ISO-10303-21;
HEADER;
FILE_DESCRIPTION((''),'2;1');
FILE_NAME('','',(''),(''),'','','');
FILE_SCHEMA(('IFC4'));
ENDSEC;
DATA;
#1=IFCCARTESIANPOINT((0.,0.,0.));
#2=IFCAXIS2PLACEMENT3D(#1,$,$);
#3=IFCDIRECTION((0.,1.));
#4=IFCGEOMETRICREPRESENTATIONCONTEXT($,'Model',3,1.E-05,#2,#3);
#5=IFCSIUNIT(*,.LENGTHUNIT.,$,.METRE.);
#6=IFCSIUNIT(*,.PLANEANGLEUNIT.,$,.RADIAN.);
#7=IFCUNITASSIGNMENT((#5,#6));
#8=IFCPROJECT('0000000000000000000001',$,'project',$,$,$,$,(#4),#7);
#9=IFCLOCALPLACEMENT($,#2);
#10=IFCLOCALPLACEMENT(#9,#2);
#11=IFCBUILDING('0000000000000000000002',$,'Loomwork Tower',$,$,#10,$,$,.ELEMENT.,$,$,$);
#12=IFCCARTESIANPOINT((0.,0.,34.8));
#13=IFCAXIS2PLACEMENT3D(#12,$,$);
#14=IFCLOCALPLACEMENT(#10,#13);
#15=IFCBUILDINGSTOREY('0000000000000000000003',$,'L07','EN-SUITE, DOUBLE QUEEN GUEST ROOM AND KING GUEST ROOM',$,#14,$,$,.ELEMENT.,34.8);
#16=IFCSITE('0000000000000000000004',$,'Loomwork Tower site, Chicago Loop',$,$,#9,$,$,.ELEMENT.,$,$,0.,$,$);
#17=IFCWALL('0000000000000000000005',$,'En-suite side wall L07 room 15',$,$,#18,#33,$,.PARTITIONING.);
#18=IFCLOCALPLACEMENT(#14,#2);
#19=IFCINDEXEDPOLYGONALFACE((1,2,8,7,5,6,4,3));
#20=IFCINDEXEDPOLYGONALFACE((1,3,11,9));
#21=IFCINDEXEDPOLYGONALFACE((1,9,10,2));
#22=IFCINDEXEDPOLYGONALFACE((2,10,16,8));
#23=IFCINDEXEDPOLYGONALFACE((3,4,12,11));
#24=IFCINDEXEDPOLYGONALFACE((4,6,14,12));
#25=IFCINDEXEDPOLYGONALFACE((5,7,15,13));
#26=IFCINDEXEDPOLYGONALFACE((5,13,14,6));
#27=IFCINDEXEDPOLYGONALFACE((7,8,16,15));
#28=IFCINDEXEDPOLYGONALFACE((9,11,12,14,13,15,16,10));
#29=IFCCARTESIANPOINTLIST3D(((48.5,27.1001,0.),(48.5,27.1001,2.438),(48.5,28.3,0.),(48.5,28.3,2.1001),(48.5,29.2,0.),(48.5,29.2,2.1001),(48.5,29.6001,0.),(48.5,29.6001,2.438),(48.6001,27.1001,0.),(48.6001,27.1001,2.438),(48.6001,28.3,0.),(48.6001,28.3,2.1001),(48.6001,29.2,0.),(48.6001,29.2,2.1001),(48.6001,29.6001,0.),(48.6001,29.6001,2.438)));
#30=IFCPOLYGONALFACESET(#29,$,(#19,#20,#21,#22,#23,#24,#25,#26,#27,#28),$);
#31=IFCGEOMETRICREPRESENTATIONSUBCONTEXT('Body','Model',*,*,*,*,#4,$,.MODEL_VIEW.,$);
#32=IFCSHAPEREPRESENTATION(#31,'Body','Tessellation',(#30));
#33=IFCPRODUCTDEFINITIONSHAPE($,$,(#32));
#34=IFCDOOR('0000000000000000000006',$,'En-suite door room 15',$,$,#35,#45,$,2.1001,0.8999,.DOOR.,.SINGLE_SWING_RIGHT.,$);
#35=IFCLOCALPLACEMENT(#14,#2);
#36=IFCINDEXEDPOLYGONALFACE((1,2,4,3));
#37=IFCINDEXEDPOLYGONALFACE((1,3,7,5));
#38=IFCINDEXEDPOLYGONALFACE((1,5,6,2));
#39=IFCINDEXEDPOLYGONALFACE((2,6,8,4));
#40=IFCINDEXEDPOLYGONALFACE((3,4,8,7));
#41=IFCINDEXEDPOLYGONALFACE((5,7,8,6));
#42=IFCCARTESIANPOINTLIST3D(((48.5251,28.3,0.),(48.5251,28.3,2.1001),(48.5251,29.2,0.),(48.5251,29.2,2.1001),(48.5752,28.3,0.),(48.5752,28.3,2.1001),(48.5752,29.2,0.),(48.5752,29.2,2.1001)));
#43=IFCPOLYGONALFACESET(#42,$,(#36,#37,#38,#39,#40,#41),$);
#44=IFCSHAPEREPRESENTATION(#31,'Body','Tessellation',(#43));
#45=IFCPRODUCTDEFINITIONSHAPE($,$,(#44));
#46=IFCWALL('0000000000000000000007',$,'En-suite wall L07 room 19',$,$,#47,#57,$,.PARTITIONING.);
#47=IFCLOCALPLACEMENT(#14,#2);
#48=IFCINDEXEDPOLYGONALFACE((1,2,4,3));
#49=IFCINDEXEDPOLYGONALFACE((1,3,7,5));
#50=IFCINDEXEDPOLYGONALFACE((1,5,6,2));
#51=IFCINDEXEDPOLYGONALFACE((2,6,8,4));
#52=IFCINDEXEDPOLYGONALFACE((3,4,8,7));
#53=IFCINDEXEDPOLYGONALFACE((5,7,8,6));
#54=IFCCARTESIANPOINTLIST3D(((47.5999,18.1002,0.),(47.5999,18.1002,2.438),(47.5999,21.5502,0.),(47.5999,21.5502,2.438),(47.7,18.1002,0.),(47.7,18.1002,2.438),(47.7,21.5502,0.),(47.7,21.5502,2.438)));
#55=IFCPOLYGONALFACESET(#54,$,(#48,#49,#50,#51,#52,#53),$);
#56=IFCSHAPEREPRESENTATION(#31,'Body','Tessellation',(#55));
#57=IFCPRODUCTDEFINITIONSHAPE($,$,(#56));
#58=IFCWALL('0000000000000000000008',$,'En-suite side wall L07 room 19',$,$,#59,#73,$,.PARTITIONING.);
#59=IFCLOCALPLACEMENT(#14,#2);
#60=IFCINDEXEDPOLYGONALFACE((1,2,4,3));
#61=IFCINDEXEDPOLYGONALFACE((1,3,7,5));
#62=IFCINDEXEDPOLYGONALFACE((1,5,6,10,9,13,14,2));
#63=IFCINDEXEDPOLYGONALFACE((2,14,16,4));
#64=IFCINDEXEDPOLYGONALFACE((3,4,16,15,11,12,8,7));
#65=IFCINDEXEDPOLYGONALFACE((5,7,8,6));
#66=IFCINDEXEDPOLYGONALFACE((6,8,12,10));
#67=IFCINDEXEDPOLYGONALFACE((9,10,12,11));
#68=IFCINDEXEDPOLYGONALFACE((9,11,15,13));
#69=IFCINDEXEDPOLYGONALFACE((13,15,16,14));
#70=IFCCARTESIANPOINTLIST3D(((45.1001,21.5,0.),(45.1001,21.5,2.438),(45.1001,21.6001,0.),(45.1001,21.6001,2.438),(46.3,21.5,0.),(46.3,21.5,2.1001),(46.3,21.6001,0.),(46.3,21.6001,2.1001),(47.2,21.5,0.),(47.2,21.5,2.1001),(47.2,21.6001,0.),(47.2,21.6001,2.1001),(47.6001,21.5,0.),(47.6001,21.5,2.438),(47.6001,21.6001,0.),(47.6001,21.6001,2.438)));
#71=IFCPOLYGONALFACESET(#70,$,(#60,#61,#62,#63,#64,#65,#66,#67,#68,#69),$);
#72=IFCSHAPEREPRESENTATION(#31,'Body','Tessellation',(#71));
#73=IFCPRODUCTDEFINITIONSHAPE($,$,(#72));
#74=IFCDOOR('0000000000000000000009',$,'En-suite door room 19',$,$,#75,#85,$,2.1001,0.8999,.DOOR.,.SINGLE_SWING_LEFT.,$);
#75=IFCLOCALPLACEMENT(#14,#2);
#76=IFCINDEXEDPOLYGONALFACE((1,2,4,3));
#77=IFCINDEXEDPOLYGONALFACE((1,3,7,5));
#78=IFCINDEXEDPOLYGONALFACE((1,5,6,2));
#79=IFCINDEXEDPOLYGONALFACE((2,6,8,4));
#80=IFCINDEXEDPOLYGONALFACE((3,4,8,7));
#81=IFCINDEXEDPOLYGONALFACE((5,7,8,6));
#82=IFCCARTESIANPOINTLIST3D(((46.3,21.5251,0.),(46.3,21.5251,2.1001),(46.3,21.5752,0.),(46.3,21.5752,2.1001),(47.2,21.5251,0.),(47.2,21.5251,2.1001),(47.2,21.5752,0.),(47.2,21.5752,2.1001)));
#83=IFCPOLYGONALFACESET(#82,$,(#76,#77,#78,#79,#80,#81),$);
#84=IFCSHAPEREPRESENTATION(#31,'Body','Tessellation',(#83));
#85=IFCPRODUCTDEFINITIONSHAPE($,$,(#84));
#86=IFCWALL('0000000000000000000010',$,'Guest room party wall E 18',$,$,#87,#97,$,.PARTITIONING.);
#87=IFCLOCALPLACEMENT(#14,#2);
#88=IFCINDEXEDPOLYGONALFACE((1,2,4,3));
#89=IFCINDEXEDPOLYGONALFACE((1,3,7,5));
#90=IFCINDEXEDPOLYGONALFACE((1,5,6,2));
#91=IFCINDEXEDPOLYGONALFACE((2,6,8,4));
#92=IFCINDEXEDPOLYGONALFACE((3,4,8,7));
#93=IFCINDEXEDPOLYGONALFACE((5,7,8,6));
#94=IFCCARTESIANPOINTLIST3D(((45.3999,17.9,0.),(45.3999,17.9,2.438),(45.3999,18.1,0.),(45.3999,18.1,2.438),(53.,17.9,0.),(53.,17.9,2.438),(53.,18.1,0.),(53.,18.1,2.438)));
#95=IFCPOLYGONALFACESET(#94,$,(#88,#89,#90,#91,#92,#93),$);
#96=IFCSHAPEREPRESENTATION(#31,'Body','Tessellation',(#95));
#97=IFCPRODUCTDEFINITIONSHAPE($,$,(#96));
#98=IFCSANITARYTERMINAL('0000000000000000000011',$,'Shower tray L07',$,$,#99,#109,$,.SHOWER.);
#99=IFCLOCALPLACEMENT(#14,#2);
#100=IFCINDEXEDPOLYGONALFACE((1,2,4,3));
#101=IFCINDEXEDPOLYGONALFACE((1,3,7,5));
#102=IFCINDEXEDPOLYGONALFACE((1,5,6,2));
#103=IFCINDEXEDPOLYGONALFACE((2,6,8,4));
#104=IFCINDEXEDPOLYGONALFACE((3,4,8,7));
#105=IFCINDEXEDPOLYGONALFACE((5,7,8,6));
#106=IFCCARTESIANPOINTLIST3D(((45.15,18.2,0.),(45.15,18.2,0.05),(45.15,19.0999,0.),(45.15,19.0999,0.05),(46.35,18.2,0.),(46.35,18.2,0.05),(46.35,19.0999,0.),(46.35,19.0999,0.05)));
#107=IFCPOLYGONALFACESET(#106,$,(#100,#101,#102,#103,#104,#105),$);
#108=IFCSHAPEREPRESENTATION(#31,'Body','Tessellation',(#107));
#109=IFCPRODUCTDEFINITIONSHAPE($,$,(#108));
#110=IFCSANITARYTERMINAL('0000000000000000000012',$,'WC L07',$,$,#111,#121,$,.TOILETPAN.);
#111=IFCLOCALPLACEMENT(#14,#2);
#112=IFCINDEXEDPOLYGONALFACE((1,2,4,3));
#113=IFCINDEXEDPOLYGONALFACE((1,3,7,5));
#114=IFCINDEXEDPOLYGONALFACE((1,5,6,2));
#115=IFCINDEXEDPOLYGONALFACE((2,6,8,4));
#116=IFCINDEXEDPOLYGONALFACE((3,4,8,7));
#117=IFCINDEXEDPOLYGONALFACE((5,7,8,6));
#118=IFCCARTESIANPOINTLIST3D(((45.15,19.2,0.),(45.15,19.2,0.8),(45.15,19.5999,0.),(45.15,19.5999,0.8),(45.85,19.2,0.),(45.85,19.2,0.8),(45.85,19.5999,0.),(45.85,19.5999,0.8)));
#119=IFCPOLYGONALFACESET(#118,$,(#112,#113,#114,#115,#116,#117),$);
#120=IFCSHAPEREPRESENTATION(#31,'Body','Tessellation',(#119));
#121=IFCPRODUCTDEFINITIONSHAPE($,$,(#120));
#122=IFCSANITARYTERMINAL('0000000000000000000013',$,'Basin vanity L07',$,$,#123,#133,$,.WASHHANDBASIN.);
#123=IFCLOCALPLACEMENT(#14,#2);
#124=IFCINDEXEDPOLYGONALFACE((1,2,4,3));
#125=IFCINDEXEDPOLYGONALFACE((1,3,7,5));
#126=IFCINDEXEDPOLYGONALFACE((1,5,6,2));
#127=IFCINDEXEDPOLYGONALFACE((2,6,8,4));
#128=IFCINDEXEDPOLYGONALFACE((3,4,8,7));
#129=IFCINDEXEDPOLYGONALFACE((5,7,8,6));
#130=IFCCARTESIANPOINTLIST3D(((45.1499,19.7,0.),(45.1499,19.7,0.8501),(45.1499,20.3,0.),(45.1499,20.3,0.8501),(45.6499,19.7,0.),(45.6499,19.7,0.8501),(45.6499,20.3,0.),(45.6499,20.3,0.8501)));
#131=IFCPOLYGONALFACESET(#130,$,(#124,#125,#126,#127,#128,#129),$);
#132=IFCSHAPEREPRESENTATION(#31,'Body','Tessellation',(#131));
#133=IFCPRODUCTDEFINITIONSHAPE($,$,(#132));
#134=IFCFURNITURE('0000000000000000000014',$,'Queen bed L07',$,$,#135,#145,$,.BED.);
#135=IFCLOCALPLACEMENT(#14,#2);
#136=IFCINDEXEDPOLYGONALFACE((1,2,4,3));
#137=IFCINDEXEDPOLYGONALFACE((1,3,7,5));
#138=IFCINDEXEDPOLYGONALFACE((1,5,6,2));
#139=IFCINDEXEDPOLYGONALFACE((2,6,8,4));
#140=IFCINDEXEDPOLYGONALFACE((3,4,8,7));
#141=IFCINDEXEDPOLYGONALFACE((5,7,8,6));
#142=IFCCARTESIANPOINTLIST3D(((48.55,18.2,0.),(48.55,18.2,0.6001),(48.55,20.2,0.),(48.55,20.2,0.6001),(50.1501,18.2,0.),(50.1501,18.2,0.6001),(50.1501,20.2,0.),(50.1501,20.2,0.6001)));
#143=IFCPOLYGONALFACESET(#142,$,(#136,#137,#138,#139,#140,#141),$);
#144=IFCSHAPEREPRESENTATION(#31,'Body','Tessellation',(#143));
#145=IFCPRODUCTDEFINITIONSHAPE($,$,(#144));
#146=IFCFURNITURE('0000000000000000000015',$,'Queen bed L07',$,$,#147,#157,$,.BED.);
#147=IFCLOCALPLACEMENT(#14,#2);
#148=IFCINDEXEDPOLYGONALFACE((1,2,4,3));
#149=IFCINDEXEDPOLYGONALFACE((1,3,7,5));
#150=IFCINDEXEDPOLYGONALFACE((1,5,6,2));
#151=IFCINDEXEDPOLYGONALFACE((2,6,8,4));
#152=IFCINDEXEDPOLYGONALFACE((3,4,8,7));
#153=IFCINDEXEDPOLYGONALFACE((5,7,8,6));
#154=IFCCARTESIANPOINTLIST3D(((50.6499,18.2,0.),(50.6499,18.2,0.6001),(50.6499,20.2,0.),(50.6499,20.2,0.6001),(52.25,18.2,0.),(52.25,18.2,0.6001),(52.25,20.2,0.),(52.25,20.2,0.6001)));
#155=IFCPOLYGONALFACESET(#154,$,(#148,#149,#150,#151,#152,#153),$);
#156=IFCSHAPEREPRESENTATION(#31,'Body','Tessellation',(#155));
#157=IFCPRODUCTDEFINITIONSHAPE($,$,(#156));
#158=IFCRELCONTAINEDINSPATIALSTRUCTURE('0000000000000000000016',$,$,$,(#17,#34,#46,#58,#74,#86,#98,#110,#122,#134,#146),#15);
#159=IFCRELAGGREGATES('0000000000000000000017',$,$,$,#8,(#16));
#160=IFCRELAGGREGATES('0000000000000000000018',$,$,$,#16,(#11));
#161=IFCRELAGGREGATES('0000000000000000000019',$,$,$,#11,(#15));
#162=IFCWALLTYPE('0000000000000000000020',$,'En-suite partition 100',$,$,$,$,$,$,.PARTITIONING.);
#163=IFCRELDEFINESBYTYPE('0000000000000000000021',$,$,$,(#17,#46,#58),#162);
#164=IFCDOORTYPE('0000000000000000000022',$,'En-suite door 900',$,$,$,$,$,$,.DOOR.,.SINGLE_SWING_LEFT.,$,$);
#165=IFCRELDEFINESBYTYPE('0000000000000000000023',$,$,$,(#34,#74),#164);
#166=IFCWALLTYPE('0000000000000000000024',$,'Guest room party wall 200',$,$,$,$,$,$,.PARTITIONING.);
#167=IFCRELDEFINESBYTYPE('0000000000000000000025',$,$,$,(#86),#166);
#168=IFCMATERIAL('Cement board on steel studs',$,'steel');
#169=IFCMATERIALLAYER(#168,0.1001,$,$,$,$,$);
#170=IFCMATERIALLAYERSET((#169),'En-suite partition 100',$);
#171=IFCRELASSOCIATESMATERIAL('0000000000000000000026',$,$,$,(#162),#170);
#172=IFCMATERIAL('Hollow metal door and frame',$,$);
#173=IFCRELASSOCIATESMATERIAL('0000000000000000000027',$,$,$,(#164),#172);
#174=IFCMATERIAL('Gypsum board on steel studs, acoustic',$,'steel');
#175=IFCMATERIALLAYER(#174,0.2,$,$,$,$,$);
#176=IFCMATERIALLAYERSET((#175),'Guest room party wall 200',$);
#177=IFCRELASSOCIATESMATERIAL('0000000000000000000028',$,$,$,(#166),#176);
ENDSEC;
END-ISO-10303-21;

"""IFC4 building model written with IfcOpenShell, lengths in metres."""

from ifc_helpers import new_model, si_unit, direction, frame, frame_2d, origin, origin_2d, place, context, subcontext, project, spatial, rectangle, extrude, material, layer, layer_set, type_object, element, fill, save


model = new_model("IFC4")

# Units and contexts
model_context = context("Model", 3, precision=1e-05, world=origin(), true_north=direction((0.0, 1.0)))
body_context = subcontext(model_context, "Body", "Model", "MODEL_VIEW")
ifc_project = project(units=[si_unit("LENGTHUNIT", "METRE"), si_unit("PLANEANGLEUNIT", "RADIAN")], contexts=[model_context])

# Site, building, storey
site_placement = place(None, origin())
site = spatial("IfcSite", under=ifc_project, at=site_placement, Name="Loomwork Tower site, Chicago Loop", CompositionType="ELEMENT", RefElevation=0.0)
building_placement = place(site_placement, origin())
building = spatial("IfcBuilding", under=site, at=building_placement, Name="Loomwork Tower", CompositionType="ELEMENT")
storey_placement = place(building_placement, frame((0.0, 0.0, 34.8)))
storey = spatial("IfcBuildingStorey", under=building, at=storey_placement, Name="L07", Description="EN-SUITE, DOUBLE QUEEN GUEST ROOM AND KING GUEST ROOM", CompositionType="ELEMENT", Elevation=34.8)

# Wall, opening, door
ifc_material_1 = material(Name="Cement board on steel studs", Category="steel")
ifc_layer_1 = layer(ifc_material_1, 0.1001)
ifc_layer_set_1 = layer_set([ifc_layer_1], Name="En-suite partition 100")
wall_type_1 = type_object("IfcWallType", Name="En-suite partition 100", PredefinedType="PARTITIONING", material=ifc_layer_set_1)
wall_1_placement = place(storey_placement, frame((48.55, 27.1001, 0.0), z_axis=(0.0, 0.0, 1.0), x_axis=(0.0, 1.0, 0.0)))
wall_1 = element("IfcWall", 1, at=wall_1_placement, inside=storey, type_object=wall_type_1, Name="En-suite side wall L07 room 15", PredefinedType="PARTITIONING", context=body_context, shape_type="SweptSolid", body=[
    extrude(rectangle(XDim=2.5, YDim=0.1001, at=frame_2d((1.25, 0.0))), origin(), (0.0, 0.0, 1.0), 2.438),
])
opening_1_placement = place(wall_1_placement, frame((1.2, 0.0, 0.0)))
opening_1 = element("IfcOpeningElement", 2, at=opening_1_placement, cuts=wall_1, PredefinedType="OPENING", context=body_context, shape_type="SweptSolid", body=[
    extrude(rectangle(XDim=0.8999, YDim=2.1001, at=frame_2d((0.45, 1.05))), frame((0.0, 0.0601, 0.0), z_axis=(0.0, -1.0, 0.0), x_axis=(1.0, 0.0, 0.0)), (0.0, 0.0, 1.0), 0.1201),
])
ifc_material_2 = material(Name="Hollow metal door and frame")
door_type_1 = type_object("IfcDoorType", Name="En-suite door 900", OperationType="SINGLE_SWING_LEFT", PredefinedType="DOOR", material=ifc_material_2)
door_1_placement = place(opening_1_placement, origin())
door_1 = element("IfcDoor", 3, at=door_1_placement, inside=storey, type_object=door_type_1, Name="En-suite door room 15", OperationType="SINGLE_SWING_RIGHT", OverallHeight=2.1001, OverallWidth=0.8999, PredefinedType="DOOR", context=body_context, shape_type="SweptSolid", body=[
    extrude(rectangle(XDim=0.8999, YDim=2.1001, at=frame_2d((0.45, 1.05))), frame((0.0, 0.0249, 0.0), z_axis=(0.0, -1.0, 0.0), x_axis=(1.0, 0.0, 0.0)), (0.0, 0.0, 1.0), 0.05),
])
fill(opening_1, door_1)

# Wall
wall_2_placement = place(storey_placement, frame((47.6499, 18.1001, 0.0), z_axis=(0.0, 0.0, 1.0), x_axis=(0.0, 1.0, 0.0)))
element("IfcWall", 4, at=wall_2_placement, inside=storey, type_object=wall_type_1, Name="En-suite wall L07 room 19", PredefinedType="PARTITIONING", context=body_context, shape_type="SweptSolid", body=[
    extrude(rectangle(XDim=3.45, YDim=0.1001, at=frame_2d((1.7251, 0.0))), origin(), (0.0, 0.0, 1.0), 2.438),
])

# Wall, opening, door
wall_3_placement = place(storey_placement, frame((45.1001, 21.55, 0.0), z_axis=(0.0, 0.0, 1.0), x_axis=(1.0, 0.0, 0.0)))
wall_3 = element("IfcWall", 5, at=wall_3_placement, inside=storey, type_object=wall_type_1, Name="En-suite side wall L07 room 19", PredefinedType="PARTITIONING", context=body_context, shape_type="SweptSolid", body=[
    extrude(rectangle(XDim=2.5, YDim=0.1001, at=frame_2d((1.25, 0.0))), origin(), (0.0, 0.0, 1.0), 2.438),
])
opening_2_placement = place(wall_3_placement, frame((1.2, 0.0, 0.0)))
opening_2 = element("IfcOpeningElement", 6, at=opening_2_placement, cuts=wall_3, PredefinedType="OPENING", context=body_context, shape_type="SweptSolid", body=[
    extrude(rectangle(XDim=0.8999, YDim=2.1001, at=frame_2d((0.45, 1.05))), frame((0.0, 0.0601, 0.0), z_axis=(0.0, -1.0, 0.0), x_axis=(1.0, 0.0, 0.0)), (0.0, 0.0, 1.0), 0.1201),
])
door_2_placement = place(opening_2_placement, frame((0.8999, 0.0, 0.0), z_axis=(0.0, 0.0, 1.0), x_axis=(-1.0, 0.0, 0.0)))
door_2 = element("IfcDoor", 7, at=door_2_placement, inside=storey, type_object=door_type_1, Name="En-suite door room 19", OperationType="SINGLE_SWING_LEFT", OverallHeight=2.1001, OverallWidth=0.8999, PredefinedType="DOOR", context=body_context, shape_type="SweptSolid", body=[
    extrude(rectangle(XDim=0.8999, YDim=2.1001, at=frame_2d((0.45, 1.05))), frame((0.0, 0.0249, 0.0), z_axis=(0.0, -1.0, 0.0), x_axis=(1.0, 0.0, 0.0)), (0.0, 0.0, 1.0), 0.05),
])
fill(opening_2, door_2)

# Wall
ifc_material_3 = material(Name="Gypsum board on steel studs, acoustic", Category="steel")
ifc_layer_2 = layer(ifc_material_3, 0.2)
ifc_layer_set_2 = layer_set([ifc_layer_2], Name="Guest room party wall 200")
wall_type_2 = type_object("IfcWallType", Name="Guest room party wall 200", PredefinedType="PARTITIONING", material=ifc_layer_set_2)
wall_4_placement = place(storey_placement, frame((45.3999, 18.0, 0.0), z_axis=(0.0, 0.0, 1.0), x_axis=(1.0, 0.0, 0.0)))
element("IfcWall", 8, at=wall_4_placement, inside=storey, type_object=wall_type_2, Name="Guest room party wall E 18", PredefinedType="PARTITIONING", context=body_context, shape_type="SweptSolid", body=[
    extrude(rectangle(XDim=7.6001, YDim=0.2, at=frame_2d((3.8, 0.0))), origin(), (0.0, 0.0, 1.0), 2.438),
])

# Sanitary terminals
sanitary_terminal_1_placement = place(storey_placement, frame((45.75, 18.6499, 0.0), z_axis=(0.0, 0.0, 1.0), x_axis=(1.0, 0.0, 0.0)))
element("IfcSanitaryTerminal", 9, at=sanitary_terminal_1_placement, inside=storey, Name="Shower tray L07", PredefinedType="SHOWER", context=body_context, shape_type="SweptSolid", body=[
    extrude(rectangle(XDim=1.2, YDim=0.8999, at=origin_2d()), origin(), (0.0, 0.0, 1.0), 0.05),
])
sanitary_terminal_2_placement = place(storey_placement, frame((45.5, 19.3999, 0.0), z_axis=(0.0, 0.0, 1.0), x_axis=(1.0, 0.0, 0.0)))
element("IfcSanitaryTerminal", 10, at=sanitary_terminal_2_placement, inside=storey, Name="WC L07", PredefinedType="TOILETPAN", context=body_context, shape_type="SweptSolid", body=[
    extrude(rectangle(XDim=0.7, YDim=0.3999, at=origin_2d()), origin(), (0.0, 0.0, 1.0), 0.8),
])
sanitary_terminal_3_placement = place(storey_placement, frame((45.3999, 20.0, 0.0), z_axis=(0.0, 0.0, 1.0), x_axis=(1.0, 0.0, 0.0)))
element("IfcSanitaryTerminal", 11, at=sanitary_terminal_3_placement, inside=storey, Name="Basin vanity L07", PredefinedType="WASHHANDBASIN", context=body_context, shape_type="SweptSolid", body=[
    extrude(rectangle(XDim=0.5, YDim=0.6001, at=origin_2d()), origin(), (0.0, 0.0, 1.0), 0.8501),
])

# Furniture
for number, where, z_axis, x_axis, name in (
    (12, (49.3501, 19.2, 0.0), (0.0, 0.0, 1.0), (1.0, 0.0, 0.0), "Queen bed L07"),
    (13, (51.45, 19.2, 0.0), (0.0, 0.0, 1.0), (1.0, 0.0, 0.0), "Queen bed L07"),
):
    element("IfcFurniture", number, at=place(storey_placement, frame(where, z_axis=z_axis, x_axis=x_axis)), inside=storey, Name=name, PredefinedType="BED", context=body_context, shape_type="SweptSolid", body=[
        extrude(rectangle(XDim=1.6001, YDim=2.0, at=origin_2d()), origin(), (0.0, 0.0, 1.0), 0.6001),
    ])

save(model, "model.ifc")
